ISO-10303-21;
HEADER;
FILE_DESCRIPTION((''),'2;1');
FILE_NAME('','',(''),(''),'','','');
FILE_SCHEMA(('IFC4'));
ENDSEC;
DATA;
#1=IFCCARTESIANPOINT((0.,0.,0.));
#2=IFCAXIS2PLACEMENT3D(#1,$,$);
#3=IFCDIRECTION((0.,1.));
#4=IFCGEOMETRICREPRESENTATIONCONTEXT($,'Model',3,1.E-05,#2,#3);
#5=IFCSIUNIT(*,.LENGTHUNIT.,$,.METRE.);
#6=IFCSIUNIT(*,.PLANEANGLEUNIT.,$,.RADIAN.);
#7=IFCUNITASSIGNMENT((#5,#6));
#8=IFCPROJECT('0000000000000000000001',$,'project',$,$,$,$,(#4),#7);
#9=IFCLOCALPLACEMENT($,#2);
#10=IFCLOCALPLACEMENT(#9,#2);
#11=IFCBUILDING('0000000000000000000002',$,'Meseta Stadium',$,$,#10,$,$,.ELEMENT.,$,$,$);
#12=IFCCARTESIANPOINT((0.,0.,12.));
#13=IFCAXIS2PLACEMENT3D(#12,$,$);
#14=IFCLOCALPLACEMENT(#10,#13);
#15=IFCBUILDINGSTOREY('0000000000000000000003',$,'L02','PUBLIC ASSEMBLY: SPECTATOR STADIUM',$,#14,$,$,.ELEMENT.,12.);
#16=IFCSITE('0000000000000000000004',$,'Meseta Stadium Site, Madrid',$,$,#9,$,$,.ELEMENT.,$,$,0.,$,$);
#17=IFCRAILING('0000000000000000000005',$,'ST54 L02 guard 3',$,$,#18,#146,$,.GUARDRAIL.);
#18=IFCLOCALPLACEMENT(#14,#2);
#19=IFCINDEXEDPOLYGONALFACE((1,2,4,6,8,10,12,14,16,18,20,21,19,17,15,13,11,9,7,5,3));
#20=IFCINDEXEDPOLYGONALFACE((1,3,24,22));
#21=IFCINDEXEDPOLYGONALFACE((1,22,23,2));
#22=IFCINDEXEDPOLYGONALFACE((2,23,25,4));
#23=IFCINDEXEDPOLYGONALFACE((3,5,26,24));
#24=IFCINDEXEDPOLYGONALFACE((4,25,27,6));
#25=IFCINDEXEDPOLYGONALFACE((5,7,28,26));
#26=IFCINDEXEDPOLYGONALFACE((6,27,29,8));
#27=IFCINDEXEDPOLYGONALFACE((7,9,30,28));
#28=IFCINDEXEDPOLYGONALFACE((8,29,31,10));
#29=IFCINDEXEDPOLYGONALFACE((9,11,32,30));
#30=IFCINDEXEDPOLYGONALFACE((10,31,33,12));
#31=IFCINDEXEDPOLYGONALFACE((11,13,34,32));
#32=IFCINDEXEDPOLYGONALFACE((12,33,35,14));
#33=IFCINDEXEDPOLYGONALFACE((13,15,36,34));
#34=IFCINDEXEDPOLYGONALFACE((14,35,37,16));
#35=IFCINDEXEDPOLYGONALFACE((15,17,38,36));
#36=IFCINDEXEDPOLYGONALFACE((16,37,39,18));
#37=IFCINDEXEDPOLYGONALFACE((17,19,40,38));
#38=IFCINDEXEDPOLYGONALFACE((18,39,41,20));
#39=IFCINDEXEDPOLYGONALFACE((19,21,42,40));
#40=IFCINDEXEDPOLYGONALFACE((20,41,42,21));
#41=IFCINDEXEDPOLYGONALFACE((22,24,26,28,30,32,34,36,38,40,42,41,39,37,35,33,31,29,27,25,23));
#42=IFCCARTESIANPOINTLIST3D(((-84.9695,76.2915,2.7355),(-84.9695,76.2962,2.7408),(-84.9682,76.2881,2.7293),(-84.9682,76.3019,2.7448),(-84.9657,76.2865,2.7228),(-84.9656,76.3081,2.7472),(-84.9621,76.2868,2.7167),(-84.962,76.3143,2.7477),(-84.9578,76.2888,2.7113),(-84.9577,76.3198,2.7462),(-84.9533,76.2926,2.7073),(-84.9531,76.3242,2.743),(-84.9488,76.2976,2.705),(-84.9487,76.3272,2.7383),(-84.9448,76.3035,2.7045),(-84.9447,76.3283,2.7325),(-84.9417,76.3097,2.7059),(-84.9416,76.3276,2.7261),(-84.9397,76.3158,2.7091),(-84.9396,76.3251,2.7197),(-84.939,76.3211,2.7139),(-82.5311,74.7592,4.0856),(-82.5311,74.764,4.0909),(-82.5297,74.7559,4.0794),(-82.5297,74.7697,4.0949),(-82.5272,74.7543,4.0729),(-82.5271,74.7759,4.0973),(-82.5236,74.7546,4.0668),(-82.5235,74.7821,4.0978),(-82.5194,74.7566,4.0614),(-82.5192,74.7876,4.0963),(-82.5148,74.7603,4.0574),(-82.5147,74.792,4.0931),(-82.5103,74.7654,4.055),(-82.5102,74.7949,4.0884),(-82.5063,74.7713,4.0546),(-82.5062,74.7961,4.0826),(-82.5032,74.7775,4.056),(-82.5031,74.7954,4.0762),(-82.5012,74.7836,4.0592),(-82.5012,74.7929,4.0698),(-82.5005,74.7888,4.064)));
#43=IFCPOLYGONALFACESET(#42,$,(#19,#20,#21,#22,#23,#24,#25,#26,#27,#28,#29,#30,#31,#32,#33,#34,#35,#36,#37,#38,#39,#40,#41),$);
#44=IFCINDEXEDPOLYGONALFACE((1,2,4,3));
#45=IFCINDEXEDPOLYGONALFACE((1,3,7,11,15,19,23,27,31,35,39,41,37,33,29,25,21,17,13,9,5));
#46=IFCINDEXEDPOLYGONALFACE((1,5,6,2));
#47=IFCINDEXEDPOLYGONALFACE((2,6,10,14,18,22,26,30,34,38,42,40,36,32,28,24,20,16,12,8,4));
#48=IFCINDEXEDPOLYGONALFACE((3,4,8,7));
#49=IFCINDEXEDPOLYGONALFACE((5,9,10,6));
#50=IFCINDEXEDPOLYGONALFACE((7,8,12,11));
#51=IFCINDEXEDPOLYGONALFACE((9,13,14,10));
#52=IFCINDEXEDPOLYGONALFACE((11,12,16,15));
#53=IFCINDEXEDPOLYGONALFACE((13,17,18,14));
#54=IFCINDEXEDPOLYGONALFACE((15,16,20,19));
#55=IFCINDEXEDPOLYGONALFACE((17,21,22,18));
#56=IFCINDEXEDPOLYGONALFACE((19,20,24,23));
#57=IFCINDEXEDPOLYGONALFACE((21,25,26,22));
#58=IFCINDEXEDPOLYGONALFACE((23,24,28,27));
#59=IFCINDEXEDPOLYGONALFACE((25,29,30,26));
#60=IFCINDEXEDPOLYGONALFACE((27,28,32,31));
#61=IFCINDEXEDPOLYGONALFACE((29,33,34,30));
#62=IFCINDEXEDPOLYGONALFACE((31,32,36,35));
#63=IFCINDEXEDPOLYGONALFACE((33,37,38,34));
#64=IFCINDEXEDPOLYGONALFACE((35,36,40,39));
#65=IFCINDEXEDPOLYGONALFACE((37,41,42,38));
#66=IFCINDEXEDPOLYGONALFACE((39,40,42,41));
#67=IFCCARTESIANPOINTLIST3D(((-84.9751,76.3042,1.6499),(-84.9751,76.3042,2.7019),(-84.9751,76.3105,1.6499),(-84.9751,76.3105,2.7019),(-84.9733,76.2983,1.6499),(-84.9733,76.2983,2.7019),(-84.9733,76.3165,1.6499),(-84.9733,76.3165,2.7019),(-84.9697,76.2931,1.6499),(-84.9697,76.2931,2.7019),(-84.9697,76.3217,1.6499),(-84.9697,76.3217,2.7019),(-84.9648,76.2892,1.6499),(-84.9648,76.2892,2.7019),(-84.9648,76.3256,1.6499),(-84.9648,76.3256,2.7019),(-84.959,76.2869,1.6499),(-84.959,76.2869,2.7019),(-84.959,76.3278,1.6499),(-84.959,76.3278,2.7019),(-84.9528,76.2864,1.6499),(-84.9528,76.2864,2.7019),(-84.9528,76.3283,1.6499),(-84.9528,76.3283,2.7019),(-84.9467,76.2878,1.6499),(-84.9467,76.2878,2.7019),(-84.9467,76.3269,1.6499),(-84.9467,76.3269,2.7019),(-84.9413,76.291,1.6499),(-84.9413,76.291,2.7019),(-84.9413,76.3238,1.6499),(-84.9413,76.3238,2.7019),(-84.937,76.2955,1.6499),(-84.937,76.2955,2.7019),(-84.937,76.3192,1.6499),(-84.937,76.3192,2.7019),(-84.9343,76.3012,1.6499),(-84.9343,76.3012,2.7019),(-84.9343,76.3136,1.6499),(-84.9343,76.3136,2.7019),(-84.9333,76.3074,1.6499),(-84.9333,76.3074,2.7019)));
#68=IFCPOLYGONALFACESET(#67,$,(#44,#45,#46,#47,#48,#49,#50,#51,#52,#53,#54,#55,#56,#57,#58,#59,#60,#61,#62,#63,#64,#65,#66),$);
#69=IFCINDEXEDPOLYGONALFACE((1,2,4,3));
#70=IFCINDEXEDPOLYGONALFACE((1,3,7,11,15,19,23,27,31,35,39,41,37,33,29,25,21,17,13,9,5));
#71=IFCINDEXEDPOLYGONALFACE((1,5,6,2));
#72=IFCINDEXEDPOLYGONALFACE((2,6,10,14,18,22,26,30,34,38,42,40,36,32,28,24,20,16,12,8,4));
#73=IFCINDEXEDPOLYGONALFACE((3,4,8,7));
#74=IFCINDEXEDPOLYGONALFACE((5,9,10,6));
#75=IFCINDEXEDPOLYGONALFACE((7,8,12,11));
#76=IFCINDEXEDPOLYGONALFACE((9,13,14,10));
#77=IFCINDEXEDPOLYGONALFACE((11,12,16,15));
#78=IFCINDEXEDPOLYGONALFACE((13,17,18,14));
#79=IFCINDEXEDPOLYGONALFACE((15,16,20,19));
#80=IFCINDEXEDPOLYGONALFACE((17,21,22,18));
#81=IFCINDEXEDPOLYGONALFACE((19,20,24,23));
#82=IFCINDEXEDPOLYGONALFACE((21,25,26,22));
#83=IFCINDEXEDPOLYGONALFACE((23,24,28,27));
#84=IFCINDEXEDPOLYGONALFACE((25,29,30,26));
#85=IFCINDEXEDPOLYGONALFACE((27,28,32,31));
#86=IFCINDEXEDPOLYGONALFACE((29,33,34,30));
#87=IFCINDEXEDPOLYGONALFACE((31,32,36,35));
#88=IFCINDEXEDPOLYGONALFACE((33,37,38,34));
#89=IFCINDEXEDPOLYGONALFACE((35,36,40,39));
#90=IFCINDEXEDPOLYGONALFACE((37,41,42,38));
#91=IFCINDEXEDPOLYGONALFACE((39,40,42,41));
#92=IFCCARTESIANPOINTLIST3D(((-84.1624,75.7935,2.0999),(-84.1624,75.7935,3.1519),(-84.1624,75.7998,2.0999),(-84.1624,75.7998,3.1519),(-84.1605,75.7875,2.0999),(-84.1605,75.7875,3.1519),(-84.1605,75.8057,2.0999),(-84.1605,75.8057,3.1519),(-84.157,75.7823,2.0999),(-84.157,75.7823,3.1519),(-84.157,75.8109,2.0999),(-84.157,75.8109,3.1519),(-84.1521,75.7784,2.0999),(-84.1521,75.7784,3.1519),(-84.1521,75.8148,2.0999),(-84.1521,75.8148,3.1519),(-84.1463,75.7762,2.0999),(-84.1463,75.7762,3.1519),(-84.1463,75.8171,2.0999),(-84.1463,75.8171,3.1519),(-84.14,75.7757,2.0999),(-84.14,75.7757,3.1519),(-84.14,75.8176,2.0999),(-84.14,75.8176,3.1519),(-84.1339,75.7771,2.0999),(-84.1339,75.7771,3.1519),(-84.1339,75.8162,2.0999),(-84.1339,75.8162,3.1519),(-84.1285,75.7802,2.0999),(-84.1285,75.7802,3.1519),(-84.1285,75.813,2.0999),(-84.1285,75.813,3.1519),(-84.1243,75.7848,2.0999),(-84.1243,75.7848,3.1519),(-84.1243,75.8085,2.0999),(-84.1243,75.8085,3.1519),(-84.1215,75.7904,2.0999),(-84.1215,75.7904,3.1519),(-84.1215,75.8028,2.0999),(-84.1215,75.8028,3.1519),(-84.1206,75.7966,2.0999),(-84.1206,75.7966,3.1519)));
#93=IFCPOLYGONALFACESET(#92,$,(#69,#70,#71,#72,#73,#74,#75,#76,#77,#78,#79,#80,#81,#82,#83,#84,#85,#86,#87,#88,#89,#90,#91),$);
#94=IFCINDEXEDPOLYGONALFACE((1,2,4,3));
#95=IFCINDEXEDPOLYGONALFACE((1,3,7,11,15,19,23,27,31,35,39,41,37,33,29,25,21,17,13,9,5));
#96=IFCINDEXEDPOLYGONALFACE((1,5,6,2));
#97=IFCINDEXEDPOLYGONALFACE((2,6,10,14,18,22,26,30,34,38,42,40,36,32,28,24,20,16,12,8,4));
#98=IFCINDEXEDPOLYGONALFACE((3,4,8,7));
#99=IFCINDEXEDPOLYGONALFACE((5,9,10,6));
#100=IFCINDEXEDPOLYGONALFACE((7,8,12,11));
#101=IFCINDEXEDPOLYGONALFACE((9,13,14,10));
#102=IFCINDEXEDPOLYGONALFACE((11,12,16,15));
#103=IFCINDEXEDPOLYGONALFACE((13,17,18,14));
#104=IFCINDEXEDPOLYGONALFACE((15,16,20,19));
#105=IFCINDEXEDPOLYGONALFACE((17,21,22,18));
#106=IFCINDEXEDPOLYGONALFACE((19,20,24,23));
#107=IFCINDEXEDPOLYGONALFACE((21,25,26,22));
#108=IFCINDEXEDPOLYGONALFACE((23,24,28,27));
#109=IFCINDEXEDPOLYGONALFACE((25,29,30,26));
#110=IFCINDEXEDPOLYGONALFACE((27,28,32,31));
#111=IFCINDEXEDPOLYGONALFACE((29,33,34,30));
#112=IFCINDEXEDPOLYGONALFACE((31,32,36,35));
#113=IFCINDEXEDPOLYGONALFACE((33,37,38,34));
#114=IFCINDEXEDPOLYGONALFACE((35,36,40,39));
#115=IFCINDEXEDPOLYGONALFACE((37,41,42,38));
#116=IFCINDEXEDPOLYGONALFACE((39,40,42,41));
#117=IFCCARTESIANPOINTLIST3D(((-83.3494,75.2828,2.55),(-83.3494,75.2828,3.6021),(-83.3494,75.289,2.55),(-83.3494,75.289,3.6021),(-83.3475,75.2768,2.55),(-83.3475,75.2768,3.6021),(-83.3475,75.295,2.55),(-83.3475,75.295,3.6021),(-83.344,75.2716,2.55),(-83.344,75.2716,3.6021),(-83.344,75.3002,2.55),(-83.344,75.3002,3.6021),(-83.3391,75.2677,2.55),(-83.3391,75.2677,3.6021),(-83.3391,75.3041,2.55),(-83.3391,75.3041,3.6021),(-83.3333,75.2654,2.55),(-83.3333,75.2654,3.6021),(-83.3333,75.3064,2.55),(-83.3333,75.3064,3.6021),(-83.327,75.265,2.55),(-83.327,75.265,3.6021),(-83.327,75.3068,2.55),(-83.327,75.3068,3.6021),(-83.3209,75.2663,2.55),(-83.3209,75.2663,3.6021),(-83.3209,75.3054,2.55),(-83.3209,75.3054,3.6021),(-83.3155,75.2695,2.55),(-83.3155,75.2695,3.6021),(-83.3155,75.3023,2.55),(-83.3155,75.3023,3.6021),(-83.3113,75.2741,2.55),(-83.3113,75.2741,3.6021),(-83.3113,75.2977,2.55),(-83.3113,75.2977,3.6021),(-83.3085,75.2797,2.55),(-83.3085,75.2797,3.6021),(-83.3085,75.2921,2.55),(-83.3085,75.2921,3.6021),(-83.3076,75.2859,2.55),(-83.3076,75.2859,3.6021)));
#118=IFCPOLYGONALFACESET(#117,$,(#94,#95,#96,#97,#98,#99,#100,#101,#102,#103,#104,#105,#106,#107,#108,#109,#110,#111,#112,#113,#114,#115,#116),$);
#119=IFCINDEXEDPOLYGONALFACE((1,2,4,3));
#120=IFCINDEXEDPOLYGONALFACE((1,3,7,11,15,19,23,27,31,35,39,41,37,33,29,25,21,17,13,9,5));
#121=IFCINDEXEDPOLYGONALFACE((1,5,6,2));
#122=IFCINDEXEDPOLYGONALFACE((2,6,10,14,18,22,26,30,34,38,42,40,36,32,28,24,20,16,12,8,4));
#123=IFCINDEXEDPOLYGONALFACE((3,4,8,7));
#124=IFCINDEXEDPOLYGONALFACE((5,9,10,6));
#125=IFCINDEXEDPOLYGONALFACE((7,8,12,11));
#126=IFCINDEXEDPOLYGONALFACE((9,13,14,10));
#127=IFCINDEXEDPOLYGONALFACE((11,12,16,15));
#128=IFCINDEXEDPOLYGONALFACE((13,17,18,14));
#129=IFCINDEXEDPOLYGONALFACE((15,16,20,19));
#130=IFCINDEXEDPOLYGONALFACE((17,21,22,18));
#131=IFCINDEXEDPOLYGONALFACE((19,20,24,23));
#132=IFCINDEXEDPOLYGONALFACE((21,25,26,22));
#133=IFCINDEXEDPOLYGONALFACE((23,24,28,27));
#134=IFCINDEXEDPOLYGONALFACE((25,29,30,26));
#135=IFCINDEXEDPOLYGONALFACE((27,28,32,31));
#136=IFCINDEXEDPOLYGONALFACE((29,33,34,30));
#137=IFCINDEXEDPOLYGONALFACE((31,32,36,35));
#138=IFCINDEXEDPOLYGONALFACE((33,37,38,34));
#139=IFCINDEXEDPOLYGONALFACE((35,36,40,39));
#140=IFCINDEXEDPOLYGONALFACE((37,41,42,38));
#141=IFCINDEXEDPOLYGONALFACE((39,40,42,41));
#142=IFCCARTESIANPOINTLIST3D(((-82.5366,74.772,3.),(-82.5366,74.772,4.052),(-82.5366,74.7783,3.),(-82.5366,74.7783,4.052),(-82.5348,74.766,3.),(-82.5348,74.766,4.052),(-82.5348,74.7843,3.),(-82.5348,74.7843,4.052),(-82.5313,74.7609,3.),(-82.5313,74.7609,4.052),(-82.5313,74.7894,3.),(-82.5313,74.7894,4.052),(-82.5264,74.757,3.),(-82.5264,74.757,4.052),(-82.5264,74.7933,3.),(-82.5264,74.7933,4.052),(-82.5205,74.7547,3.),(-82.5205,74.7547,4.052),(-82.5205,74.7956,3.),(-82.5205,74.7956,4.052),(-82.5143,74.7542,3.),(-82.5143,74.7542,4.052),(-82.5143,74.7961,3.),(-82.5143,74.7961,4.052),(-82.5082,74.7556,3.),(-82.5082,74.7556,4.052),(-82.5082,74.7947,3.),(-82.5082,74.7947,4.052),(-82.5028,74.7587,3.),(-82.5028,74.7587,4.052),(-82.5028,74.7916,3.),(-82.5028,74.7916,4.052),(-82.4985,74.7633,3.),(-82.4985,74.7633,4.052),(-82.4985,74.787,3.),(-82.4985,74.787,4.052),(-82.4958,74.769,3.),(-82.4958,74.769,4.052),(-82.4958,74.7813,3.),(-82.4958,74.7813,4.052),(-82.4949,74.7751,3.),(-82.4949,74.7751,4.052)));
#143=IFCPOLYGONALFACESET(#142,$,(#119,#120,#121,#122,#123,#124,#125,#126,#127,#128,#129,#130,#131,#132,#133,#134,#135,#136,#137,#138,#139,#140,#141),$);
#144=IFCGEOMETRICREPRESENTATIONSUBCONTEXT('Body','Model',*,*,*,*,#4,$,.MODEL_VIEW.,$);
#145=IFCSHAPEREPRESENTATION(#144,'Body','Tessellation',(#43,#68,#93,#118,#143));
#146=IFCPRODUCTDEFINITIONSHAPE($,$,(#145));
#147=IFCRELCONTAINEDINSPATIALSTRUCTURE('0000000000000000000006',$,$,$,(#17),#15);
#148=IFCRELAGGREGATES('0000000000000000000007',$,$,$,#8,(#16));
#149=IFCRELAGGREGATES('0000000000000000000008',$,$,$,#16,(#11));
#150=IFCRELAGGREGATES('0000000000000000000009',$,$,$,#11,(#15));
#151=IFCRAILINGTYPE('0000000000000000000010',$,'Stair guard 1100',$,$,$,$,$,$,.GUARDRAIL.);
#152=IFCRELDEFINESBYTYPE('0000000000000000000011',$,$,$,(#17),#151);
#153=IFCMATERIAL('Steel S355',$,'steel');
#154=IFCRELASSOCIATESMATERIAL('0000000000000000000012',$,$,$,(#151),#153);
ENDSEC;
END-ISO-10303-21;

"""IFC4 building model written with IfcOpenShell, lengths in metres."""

from ifc_helpers import new_model, si_unit, direction, frame, origin, origin_2d, place, context, subcontext, project, spatial, circle, extrude, material, type_object, element, save


model = new_model("IFC4")

# Units and contexts
model_context = context("Model", 3, precision=1e-05, world=origin(), true_north=direction((0.0, 1.0)))
body_context = subcontext(model_context, "Body", "Model", "MODEL_VIEW")
ifc_project = project(units=[si_unit("LENGTHUNIT", "METRE"), si_unit("PLANEANGLEUNIT", "RADIAN")], contexts=[model_context])

# Site, building, storey
site_placement = place(None, origin())
site = spatial("IfcSite", under=ifc_project, at=site_placement, Name="Meseta Stadium Site, Madrid", CompositionType="ELEMENT", RefElevation=0.0)
building_placement = place(site_placement, origin())
building = spatial("IfcBuilding", under=site, at=building_placement, Name="Meseta Stadium", CompositionType="ELEMENT")
storey_placement = place(building_placement, frame((0.0, 0.0, 12.0)))
storey = spatial("IfcBuildingStorey", under=building, at=storey_placement, Name="L02", Description="PUBLIC ASSEMBLY: SPECTATOR STADIUM", CompositionType="ELEMENT", Elevation=12.0)

# Railing
ifc_material_1 = material(Name="Steel S355", Category="steel")
railing_type_1 = type_object("IfcRailingType", Name="Stair guard 1100", PredefinedType="GUARDRAIL", material=ifc_material_1)
railing_1_placement = place(storey_placement, frame((-84.9543, 76.3074, 1.6499)))
element("IfcRailing", 1, at=railing_1_placement, inside=storey, type_object=railing_type_1, Name="ST54 L02 guard 3", PredefinedType="GUARDRAIL", context=body_context, shape_type="SweptSolid", body=[
    extrude(circle(Radius=0.0239, at=origin_2d()), frame((0.0, 0.0, 1.0762), z_axis=(0.766655, -0.481731, 0.42447), x_axis=(0.53204, 0.846719, 0.0)), (0.0, 0.0, 1.0), 3.1807),
    extrude(circle(Radius=0.021, at=origin_2d()), origin(), (0.0, 0.0, 1.0), 1.052),
    extrude(circle(Radius=0.021, at=origin_2d()), frame((0.8127, -0.5107, 0.45)), (0.0, 0.0, 1.0), 1.052),
    extrude(circle(Radius=0.021, at=origin_2d()), frame((1.6257, -1.0215, 0.9001)), (0.0, 0.0, 1.0), 1.052),
    extrude(circle(Radius=0.021, at=origin_2d()), frame((2.4385, -1.5322, 1.3501)), (0.0, 0.0, 1.0), 1.052),
])

save(model, "model.ifc")
